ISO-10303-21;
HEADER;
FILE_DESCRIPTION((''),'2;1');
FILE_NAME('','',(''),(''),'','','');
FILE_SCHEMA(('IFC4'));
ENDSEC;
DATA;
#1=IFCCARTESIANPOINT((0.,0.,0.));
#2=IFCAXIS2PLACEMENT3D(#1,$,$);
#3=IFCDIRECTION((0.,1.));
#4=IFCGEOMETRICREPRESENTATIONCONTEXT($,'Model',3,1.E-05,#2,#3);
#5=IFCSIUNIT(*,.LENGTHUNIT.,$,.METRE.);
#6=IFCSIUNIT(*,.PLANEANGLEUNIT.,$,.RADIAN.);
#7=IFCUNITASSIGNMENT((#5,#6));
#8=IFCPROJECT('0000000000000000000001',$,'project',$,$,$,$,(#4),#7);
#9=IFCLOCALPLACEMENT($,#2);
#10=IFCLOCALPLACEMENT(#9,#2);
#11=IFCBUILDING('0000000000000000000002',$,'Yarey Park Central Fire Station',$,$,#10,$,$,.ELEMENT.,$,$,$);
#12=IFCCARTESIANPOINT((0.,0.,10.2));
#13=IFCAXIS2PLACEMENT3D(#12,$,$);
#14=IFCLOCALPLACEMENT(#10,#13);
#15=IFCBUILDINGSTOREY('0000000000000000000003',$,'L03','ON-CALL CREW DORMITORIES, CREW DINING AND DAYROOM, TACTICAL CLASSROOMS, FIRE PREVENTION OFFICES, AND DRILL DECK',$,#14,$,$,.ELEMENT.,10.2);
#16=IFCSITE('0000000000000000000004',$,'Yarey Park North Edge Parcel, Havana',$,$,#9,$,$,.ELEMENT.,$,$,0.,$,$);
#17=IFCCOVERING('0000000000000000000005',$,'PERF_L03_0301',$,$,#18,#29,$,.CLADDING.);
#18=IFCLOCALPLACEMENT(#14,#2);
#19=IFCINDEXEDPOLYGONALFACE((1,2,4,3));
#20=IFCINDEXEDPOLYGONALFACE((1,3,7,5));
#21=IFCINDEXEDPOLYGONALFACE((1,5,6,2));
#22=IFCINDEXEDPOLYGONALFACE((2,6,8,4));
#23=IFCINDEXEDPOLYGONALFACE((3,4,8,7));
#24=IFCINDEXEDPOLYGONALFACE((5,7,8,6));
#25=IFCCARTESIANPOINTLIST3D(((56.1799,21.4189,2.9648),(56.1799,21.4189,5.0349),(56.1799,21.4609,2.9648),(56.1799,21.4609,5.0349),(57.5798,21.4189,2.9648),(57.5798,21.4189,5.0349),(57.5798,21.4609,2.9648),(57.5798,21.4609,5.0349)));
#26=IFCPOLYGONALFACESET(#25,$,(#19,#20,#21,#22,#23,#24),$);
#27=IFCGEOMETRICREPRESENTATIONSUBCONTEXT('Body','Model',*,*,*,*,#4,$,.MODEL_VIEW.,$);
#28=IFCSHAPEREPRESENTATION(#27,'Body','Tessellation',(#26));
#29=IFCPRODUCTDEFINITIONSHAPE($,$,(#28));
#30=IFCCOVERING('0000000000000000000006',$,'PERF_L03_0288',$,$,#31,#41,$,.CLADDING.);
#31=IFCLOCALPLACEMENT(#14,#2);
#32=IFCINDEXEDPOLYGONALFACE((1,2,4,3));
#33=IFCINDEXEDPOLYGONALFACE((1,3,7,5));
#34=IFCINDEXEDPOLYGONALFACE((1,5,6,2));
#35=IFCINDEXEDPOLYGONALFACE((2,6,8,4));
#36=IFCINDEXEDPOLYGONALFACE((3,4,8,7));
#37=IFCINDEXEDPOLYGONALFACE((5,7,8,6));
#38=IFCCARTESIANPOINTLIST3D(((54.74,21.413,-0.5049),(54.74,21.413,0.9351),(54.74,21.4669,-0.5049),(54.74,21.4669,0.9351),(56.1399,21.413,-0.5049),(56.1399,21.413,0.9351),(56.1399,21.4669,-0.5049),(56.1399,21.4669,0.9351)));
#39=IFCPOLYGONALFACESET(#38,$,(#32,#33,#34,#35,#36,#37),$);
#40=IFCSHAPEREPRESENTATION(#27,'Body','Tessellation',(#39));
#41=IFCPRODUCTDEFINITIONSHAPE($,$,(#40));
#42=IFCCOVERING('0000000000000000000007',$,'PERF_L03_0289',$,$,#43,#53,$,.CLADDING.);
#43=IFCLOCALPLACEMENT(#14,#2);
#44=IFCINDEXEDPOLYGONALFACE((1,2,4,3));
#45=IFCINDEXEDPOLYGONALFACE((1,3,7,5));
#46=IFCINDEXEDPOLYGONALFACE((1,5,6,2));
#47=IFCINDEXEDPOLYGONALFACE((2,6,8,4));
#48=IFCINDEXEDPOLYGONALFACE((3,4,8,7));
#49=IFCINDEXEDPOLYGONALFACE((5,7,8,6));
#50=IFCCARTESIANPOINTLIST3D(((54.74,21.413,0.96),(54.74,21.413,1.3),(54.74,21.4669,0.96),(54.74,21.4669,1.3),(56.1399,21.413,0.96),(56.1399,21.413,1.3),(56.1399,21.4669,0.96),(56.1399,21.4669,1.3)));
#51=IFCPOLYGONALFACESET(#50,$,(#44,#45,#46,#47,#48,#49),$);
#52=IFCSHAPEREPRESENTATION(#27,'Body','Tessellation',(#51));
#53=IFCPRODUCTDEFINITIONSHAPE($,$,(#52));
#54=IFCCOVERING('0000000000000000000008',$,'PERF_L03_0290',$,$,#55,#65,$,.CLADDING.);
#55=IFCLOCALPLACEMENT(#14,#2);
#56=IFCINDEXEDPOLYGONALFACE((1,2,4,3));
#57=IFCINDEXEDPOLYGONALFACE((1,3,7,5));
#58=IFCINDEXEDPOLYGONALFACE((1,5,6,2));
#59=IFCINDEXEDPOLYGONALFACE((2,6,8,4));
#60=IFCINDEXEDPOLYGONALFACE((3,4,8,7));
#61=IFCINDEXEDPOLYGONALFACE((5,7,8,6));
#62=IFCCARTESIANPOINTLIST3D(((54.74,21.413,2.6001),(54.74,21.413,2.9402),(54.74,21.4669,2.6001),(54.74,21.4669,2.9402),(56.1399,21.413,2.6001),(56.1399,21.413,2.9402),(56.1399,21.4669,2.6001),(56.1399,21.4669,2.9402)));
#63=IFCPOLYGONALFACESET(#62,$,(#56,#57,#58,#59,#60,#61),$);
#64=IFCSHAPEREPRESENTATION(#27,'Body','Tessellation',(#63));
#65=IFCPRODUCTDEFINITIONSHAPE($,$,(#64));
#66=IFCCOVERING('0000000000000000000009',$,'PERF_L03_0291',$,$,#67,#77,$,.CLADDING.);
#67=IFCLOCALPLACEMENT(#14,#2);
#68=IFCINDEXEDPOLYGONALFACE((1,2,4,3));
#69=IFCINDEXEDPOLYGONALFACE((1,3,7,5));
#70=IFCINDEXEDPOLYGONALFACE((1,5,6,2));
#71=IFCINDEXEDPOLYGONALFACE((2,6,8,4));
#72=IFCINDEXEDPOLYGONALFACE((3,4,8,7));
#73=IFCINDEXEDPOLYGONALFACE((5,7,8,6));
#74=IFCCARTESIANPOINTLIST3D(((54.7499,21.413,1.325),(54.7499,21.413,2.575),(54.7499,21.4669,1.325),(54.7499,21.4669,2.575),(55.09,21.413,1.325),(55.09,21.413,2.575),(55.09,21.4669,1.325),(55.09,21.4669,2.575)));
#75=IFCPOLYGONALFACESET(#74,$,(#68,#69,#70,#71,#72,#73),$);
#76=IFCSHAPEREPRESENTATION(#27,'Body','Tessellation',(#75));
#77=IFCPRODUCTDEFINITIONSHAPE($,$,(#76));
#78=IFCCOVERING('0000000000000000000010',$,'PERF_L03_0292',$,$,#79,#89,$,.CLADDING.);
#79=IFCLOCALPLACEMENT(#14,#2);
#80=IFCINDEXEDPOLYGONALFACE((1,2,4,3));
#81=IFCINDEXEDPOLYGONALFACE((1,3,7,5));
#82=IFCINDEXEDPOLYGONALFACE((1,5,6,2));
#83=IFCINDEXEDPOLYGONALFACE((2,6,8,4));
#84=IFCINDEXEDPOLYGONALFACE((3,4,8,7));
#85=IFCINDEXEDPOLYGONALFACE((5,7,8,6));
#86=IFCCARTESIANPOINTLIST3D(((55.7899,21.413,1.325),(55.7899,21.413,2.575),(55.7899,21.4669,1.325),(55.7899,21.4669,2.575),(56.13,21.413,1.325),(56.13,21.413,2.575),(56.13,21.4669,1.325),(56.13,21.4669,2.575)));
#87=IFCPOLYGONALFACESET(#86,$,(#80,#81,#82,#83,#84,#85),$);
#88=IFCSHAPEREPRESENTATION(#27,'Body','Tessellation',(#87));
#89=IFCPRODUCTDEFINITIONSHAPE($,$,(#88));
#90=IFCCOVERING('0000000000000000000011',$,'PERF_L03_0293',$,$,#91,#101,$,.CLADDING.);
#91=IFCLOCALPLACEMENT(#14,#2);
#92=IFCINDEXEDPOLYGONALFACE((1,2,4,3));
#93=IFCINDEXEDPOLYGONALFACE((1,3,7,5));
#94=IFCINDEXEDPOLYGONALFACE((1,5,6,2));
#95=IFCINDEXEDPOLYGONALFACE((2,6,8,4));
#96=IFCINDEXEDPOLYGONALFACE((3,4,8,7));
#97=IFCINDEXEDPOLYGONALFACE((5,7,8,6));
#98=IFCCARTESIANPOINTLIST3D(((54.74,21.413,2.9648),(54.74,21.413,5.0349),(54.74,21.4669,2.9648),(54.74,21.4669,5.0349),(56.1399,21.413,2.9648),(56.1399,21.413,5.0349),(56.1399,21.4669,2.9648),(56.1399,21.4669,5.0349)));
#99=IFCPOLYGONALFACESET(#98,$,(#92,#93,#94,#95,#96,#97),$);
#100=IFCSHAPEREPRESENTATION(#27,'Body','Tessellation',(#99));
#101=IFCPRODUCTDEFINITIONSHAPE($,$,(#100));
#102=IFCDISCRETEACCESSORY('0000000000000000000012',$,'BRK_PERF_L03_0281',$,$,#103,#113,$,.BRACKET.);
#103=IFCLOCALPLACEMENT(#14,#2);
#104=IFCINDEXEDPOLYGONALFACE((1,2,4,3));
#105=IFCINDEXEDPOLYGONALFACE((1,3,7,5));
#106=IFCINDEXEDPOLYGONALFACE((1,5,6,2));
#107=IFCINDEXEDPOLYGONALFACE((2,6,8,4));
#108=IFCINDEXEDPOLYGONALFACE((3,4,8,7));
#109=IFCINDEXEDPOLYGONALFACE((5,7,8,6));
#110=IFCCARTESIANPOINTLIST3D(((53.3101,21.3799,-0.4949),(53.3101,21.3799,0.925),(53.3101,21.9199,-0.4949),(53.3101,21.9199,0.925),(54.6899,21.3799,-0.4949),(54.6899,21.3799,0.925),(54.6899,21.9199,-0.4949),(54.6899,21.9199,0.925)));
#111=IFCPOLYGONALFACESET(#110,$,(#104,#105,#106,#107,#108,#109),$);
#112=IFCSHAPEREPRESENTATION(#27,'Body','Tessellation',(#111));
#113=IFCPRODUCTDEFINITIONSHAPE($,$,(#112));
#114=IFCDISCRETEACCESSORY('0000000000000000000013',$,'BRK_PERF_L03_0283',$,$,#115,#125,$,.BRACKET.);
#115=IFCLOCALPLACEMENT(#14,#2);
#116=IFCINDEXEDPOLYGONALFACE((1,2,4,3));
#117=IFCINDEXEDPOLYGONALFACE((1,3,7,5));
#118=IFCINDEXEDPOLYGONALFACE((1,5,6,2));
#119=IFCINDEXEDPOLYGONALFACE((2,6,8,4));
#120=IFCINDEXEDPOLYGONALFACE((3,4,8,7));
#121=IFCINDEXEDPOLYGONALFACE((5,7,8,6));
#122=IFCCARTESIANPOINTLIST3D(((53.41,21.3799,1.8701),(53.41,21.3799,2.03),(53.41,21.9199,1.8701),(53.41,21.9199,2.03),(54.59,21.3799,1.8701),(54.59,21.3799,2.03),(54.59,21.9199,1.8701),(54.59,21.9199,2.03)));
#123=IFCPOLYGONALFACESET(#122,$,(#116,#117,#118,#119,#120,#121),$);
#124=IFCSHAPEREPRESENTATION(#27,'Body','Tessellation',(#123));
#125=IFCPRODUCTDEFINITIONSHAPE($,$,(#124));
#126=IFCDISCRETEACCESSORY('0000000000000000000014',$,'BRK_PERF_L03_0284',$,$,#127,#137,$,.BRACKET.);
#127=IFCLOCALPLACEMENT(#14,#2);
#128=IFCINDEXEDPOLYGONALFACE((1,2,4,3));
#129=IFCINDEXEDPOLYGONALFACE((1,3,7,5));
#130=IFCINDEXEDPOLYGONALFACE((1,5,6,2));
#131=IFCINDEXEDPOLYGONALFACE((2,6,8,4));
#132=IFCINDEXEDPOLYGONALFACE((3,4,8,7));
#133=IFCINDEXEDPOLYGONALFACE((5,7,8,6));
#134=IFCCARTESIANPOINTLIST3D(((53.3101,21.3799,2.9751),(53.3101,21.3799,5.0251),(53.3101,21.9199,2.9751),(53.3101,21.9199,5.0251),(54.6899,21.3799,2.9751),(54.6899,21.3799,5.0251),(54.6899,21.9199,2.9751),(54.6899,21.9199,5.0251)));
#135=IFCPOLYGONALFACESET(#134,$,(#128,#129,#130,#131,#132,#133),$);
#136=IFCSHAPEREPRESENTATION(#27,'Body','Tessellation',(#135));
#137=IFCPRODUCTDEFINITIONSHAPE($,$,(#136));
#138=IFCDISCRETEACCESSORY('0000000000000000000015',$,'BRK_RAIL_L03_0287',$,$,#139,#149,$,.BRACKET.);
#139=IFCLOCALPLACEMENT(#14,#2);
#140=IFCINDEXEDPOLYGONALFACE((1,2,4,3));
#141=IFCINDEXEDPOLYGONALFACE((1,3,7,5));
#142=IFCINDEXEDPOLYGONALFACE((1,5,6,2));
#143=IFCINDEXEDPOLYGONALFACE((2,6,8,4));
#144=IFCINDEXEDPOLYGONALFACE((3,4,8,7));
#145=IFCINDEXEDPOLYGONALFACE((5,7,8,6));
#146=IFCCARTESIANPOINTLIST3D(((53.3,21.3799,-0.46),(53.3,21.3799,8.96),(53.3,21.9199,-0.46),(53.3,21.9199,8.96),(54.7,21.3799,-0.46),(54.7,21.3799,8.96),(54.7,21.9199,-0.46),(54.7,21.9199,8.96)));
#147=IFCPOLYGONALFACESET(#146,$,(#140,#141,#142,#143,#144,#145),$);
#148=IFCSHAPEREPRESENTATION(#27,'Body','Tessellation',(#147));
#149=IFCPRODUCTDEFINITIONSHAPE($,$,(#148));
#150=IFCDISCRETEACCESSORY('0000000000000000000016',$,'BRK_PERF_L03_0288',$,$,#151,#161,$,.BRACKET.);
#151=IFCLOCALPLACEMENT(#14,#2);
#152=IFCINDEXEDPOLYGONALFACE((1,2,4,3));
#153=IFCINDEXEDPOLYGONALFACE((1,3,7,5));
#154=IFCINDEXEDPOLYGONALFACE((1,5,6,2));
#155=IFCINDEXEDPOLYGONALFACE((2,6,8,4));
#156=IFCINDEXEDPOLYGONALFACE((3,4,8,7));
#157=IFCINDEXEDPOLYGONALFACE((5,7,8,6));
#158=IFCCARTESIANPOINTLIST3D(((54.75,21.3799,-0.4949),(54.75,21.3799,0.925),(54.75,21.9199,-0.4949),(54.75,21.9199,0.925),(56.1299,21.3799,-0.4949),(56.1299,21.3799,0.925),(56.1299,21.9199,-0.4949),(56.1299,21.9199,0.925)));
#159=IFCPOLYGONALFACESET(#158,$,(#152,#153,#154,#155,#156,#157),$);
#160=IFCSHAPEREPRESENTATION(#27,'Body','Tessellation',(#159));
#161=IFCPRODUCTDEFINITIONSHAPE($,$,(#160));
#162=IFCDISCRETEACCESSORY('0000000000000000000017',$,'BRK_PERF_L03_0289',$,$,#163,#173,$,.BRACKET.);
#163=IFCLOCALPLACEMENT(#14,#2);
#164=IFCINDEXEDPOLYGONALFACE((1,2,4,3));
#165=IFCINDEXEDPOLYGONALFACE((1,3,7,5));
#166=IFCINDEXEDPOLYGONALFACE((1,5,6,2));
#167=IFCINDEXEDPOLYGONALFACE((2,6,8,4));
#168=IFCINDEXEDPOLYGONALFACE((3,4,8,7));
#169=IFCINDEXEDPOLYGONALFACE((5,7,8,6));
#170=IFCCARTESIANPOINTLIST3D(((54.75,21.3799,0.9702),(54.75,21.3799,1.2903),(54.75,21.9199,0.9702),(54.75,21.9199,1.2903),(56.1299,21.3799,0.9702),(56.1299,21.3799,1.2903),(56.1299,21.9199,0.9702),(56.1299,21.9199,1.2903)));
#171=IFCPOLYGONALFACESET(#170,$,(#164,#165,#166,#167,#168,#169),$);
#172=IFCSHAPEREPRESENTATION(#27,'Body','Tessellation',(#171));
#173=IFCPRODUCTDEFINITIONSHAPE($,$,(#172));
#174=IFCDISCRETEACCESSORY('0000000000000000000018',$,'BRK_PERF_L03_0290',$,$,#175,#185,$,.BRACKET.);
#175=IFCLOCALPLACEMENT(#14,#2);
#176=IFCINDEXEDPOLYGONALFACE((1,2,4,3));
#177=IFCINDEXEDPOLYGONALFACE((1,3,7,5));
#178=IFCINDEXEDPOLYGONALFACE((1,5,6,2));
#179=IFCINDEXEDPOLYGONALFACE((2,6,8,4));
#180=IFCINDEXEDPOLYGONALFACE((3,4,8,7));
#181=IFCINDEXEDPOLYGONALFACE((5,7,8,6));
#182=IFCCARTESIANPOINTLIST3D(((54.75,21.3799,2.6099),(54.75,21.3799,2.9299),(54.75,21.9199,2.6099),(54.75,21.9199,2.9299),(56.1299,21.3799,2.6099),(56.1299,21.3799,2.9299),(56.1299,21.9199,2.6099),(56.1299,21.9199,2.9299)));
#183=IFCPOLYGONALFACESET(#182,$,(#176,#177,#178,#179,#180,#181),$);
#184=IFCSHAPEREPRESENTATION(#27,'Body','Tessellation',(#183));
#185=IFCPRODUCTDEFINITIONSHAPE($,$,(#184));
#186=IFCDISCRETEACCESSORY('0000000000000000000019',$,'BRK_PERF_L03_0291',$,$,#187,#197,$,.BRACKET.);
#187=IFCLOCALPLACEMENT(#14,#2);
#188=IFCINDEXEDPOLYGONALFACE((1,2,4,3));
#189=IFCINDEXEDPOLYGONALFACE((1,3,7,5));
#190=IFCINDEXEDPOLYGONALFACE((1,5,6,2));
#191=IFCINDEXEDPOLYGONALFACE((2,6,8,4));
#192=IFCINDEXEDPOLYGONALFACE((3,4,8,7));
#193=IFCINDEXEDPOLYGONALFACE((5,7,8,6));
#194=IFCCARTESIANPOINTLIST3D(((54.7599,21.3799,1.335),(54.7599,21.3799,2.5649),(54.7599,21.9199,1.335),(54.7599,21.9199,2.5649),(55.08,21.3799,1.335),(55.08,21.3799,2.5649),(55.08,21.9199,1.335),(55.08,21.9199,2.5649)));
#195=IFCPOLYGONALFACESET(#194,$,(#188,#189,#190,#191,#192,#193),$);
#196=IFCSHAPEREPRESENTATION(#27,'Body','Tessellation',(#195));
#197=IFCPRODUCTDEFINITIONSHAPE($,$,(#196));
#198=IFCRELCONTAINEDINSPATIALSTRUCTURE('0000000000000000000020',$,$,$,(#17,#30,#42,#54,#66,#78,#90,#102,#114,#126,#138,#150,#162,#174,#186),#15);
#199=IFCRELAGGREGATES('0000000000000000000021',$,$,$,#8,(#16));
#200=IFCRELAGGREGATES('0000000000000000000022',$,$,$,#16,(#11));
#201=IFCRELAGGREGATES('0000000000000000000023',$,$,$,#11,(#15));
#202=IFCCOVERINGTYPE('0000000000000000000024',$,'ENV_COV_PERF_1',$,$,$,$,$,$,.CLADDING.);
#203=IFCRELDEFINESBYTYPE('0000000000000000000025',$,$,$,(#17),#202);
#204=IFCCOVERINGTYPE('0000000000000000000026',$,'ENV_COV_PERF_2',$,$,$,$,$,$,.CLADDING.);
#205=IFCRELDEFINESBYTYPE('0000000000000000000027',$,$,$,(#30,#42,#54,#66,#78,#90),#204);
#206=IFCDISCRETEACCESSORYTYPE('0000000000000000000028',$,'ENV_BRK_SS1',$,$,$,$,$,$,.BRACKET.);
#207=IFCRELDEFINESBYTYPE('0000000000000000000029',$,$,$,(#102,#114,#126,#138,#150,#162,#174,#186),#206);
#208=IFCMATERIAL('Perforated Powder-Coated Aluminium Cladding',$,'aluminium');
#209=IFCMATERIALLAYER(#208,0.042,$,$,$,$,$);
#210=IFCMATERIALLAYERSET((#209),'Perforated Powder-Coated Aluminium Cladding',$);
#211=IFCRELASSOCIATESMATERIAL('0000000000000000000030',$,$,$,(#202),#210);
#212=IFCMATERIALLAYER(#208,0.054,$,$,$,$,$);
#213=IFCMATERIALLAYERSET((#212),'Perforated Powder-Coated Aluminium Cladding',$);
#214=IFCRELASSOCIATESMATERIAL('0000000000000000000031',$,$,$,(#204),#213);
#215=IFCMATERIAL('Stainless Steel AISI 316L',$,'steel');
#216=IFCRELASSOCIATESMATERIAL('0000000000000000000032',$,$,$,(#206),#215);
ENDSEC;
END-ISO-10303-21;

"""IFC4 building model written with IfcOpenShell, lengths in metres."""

from ifc_helpers import new_model, si_unit, direction, frame, origin, origin_2d, place, context, subcontext, project, spatial, rectangle, extrude, material, layer, layer_set, type_object, element, save


model = new_model("IFC4")

# Units and contexts
model_context = context("Model", 3, precision=1e-05, world=origin(), true_north=direction((0.0, 1.0)))
body_context = subcontext(model_context, "Body", "Model", "MODEL_VIEW")
ifc_project = project(units=[si_unit("LENGTHUNIT", "METRE"), si_unit("PLANEANGLEUNIT", "RADIAN")], contexts=[model_context])

# Site, building, storey
site_placement = place(None, origin())
site = spatial("IfcSite", under=ifc_project, at=site_placement, Name="Yarey Park North Edge Parcel, Havana", CompositionType="ELEMENT", RefElevation=0.0)
building_placement = place(site_placement, origin())
building = spatial("IfcBuilding", under=site, at=building_placement, Name="Yarey Park Central Fire Station", CompositionType="ELEMENT")
storey_placement = place(building_placement, frame((0.0, 0.0, 10.2)))
storey = spatial("IfcBuildingStorey", under=building, at=storey_placement, Name="L03", Description="ON-CALL CREW DORMITORIES, CREW DINING AND DAYROOM, TACTICAL CLASSROOMS, FIRE PREVENTION OFFICES, AND DRILL DECK", CompositionType="ELEMENT", Elevation=10.2)

# Coverings
ifc_material_1 = material(Name="Perforated Powder-Coated Aluminium Cladding", Category="aluminium")
ifc_layer_1 = layer(ifc_material_1, 0.042)
ifc_layer_set_1 = layer_set([ifc_layer_1], Name="Perforated Powder-Coated Aluminium Cladding")
covering_type_1 = type_object("IfcCoveringType", Name="ENV_COV_PERF_1", PredefinedType="CLADDING", material=ifc_layer_set_1)
covering_1_placement = place(storey_placement, frame((56.8799, 21.4399, 2.9648), z_axis=(0.0, 0.0, 1.0), x_axis=(1.0, 0.0, 0.0)))
element("IfcCovering", 1, at=covering_1_placement, inside=storey, type_object=covering_type_1, Name="PERF_L03_0301", PredefinedType="CLADDING", context=body_context, shape_type="SweptSolid", body=[
    extrude(rectangle(XDim=1.3999, YDim=0.042, at=origin_2d()), origin(), (0.0, 0.0, 1.0), 2.0701),
])
ifc_layer_2 = layer(ifc_material_1, 0.054)
ifc_layer_set_2 = layer_set([ifc_layer_2], Name="Perforated Powder-Coated Aluminium Cladding")
covering_type_2 = type_object("IfcCoveringType", Name="ENV_COV_PERF_2", PredefinedType="CLADDING", material=ifc_layer_set_2)
covering_2_placement = place(storey_placement, frame((55.4399, 21.4399, -0.5049), z_axis=(0.0, 0.0, 1.0), x_axis=(1.0, 0.0, 0.0)))
element("IfcCovering", 2, at=covering_2_placement, inside=storey, type_object=covering_type_2, Name="PERF_L03_0288", PredefinedType="CLADDING", context=body_context, shape_type="SweptSolid", body=[
    extrude(rectangle(XDim=1.3999, YDim=0.054, at=origin_2d()), origin(), (0.0, 0.0, 1.0), 1.4399),
])
for number, where, z_axis, x_axis, name in (
    (3, (55.4399, 21.4399, 0.96), (0.0, 0.0, 1.0), (1.0, 0.0, 0.0), "PERF_L03_0289"),
    (4, (55.4399, 21.4399, 2.6001), (0.0, 0.0, 1.0), (1.0, 0.0, 0.0), "PERF_L03_0290"),
):
    element("IfcCovering", number, at=place(storey_placement, frame(where, z_axis=z_axis, x_axis=x_axis)), inside=storey, type_object=covering_type_2, Name=name, PredefinedType="CLADDING", context=body_context, shape_type="SweptSolid", body=[
        extrude(rectangle(XDim=1.3999, YDim=0.054, at=origin_2d()), origin(), (0.0, 0.0, 1.0), 0.3401),
    ])
for number, where, z_axis, x_axis, name in (
    (5, (54.9199, 21.4399, 1.325), (0.0, 0.0, 1.0), (1.0, 0.0, 0.0), "PERF_L03_0291"),
    (6, (55.96, 21.4399, 1.325), (0.0, 0.0, 1.0), (1.0, 0.0, 0.0), "PERF_L03_0292"),
):
    element("IfcCovering", number, at=place(storey_placement, frame(where, z_axis=z_axis, x_axis=x_axis)), inside=storey, type_object=covering_type_2, Name=name, PredefinedType="CLADDING", context=body_context, shape_type="SweptSolid", body=[
        extrude(rectangle(XDim=0.3401, YDim=0.054, at=origin_2d()), origin(), (0.0, 0.0, 1.0), 1.25),
    ])
covering_3_placement = place(storey_placement, frame((55.4399, 21.4399, 2.9648), z_axis=(0.0, 0.0, 1.0), x_axis=(1.0, 0.0, 0.0)))
element("IfcCovering", 7, at=covering_3_placement, inside=storey, type_object=covering_type_2, Name="PERF_L03_0293", PredefinedType="CLADDING", context=body_context, shape_type="SweptSolid", body=[
    extrude(rectangle(XDim=1.3999, YDim=0.054, at=origin_2d()), origin(), (0.0, 0.0, 1.0), 2.0701),
])

# Discrete accessories
ifc_material_2 = material(Name="Stainless Steel AISI 316L", Category="steel")
discrete_accessory_type = type_object("IfcDiscreteAccessoryType", Name="ENV_BRK_SS1", PredefinedType="BRACKET", material=ifc_material_2)
discrete_accessory_1_placement = place(storey_placement, frame((54.0, 21.6499, -0.4949), z_axis=(0.0, 0.0, 1.0), x_axis=(1.0, 0.0, 0.0)))
element("IfcDiscreteAccessory", 8, at=discrete_accessory_1_placement, inside=storey, type_object=discrete_accessory_type, Name="BRK_PERF_L03_0281", PredefinedType="BRACKET", context=body_context, shape_type="SweptSolid", body=[
    extrude(rectangle(XDim=1.3799, YDim=0.54, at=origin_2d()), origin(), (0.0, 0.0, 1.0), 1.4199),
])
discrete_accessory_2_placement = place(storey_placement, frame((54.0, 21.6499, 1.8701), z_axis=(0.0, 0.0, 1.0), x_axis=(1.0, 0.0, 0.0)))
element("IfcDiscreteAccessory", 9, at=discrete_accessory_2_placement, inside=storey, type_object=discrete_accessory_type, Name="BRK_PERF_L03_0283", PredefinedType="BRACKET", context=body_context, shape_type="SweptSolid", body=[
    extrude(rectangle(XDim=1.1799, YDim=0.54, at=origin_2d()), origin(), (0.0, 0.0, 1.0), 0.1599),
])
discrete_accessory_3_placement = place(storey_placement, frame((54.0, 21.6499, 2.9751), z_axis=(0.0, 0.0, 1.0), x_axis=(1.0, 0.0, 0.0)))
element("IfcDiscreteAccessory", 10, at=discrete_accessory_3_placement, inside=storey, type_object=discrete_accessory_type, Name="BRK_PERF_L03_0284", PredefinedType="BRACKET", context=body_context, shape_type="SweptSolid", body=[
    extrude(rectangle(XDim=1.3799, YDim=0.54, at=origin_2d()), origin(), (0.0, 0.0, 1.0), 2.05),
])
discrete_accessory_4_placement = place(storey_placement, frame((54.0, 21.6499, -0.46), z_axis=(0.0, 0.0, 1.0), x_axis=(1.0, 0.0, 0.0)))
element("IfcDiscreteAccessory", 11, at=discrete_accessory_4_placement, inside=storey, type_object=discrete_accessory_type, Name="BRK_RAIL_L03_0287", PredefinedType="BRACKET", context=body_context, shape_type="SweptSolid", body=[
    extrude(rectangle(XDim=1.3999, YDim=0.54, at=origin_2d()), origin(), (0.0, 0.0, 1.0), 9.4199),
])
discrete_accessory_5_placement = place(storey_placement, frame((55.4399, 21.6499, -0.4949), z_axis=(0.0, 0.0, 1.0), x_axis=(1.0, 0.0, 0.0)))
element("IfcDiscreteAccessory", 12, at=discrete_accessory_5_placement, inside=storey, type_object=discrete_accessory_type, Name="BRK_PERF_L03_0288", PredefinedType="BRACKET", context=body_context, shape_type="SweptSolid", body=[
    extrude(rectangle(XDim=1.3799, YDim=0.54, at=origin_2d()), origin(), (0.0, 0.0, 1.0), 1.4199),
])
for number, where, z_axis, x_axis, name in (
    (13, (55.4399, 21.6499, 0.9702), (0.0, 0.0, 1.0), (1.0, 0.0, 0.0), "BRK_PERF_L03_0289"),
    (14, (55.4399, 21.6499, 2.6099), (0.0, 0.0, 1.0), (1.0, 0.0, 0.0), "BRK_PERF_L03_0290"),
):
    element("IfcDiscreteAccessory", number, at=place(storey_placement, frame(where, z_axis=z_axis, x_axis=x_axis)), inside=storey, type_object=discrete_accessory_type, Name=name, PredefinedType="BRACKET", context=body_context, shape_type="SweptSolid", body=[
        extrude(rectangle(XDim=1.3799, YDim=0.54, at=origin_2d()), origin(), (0.0, 0.0, 1.0), 0.3201),
    ])
for number, where, z_axis, x_axis, name in (
    (15, (54.9199, 21.6499, 1.335), (0.0, 0.0, 1.0), (1.0, 0.0, 0.0), "BRK_PERF_L03_0291"),
):
    element("IfcDiscreteAccessory", number, at=place(storey_placement, frame(where, z_axis=z_axis, x_axis=x_axis)), inside=storey, type_object=discrete_accessory_type, Name=name, PredefinedType="BRACKET", context=body_context, shape_type="SweptSolid", body=[
        extrude(rectangle(XDim=0.3201, YDim=0.54, at=origin_2d()), origin(), (0.0, 0.0, 1.0), 1.23),
    ])

save(model, "model.ifc")
